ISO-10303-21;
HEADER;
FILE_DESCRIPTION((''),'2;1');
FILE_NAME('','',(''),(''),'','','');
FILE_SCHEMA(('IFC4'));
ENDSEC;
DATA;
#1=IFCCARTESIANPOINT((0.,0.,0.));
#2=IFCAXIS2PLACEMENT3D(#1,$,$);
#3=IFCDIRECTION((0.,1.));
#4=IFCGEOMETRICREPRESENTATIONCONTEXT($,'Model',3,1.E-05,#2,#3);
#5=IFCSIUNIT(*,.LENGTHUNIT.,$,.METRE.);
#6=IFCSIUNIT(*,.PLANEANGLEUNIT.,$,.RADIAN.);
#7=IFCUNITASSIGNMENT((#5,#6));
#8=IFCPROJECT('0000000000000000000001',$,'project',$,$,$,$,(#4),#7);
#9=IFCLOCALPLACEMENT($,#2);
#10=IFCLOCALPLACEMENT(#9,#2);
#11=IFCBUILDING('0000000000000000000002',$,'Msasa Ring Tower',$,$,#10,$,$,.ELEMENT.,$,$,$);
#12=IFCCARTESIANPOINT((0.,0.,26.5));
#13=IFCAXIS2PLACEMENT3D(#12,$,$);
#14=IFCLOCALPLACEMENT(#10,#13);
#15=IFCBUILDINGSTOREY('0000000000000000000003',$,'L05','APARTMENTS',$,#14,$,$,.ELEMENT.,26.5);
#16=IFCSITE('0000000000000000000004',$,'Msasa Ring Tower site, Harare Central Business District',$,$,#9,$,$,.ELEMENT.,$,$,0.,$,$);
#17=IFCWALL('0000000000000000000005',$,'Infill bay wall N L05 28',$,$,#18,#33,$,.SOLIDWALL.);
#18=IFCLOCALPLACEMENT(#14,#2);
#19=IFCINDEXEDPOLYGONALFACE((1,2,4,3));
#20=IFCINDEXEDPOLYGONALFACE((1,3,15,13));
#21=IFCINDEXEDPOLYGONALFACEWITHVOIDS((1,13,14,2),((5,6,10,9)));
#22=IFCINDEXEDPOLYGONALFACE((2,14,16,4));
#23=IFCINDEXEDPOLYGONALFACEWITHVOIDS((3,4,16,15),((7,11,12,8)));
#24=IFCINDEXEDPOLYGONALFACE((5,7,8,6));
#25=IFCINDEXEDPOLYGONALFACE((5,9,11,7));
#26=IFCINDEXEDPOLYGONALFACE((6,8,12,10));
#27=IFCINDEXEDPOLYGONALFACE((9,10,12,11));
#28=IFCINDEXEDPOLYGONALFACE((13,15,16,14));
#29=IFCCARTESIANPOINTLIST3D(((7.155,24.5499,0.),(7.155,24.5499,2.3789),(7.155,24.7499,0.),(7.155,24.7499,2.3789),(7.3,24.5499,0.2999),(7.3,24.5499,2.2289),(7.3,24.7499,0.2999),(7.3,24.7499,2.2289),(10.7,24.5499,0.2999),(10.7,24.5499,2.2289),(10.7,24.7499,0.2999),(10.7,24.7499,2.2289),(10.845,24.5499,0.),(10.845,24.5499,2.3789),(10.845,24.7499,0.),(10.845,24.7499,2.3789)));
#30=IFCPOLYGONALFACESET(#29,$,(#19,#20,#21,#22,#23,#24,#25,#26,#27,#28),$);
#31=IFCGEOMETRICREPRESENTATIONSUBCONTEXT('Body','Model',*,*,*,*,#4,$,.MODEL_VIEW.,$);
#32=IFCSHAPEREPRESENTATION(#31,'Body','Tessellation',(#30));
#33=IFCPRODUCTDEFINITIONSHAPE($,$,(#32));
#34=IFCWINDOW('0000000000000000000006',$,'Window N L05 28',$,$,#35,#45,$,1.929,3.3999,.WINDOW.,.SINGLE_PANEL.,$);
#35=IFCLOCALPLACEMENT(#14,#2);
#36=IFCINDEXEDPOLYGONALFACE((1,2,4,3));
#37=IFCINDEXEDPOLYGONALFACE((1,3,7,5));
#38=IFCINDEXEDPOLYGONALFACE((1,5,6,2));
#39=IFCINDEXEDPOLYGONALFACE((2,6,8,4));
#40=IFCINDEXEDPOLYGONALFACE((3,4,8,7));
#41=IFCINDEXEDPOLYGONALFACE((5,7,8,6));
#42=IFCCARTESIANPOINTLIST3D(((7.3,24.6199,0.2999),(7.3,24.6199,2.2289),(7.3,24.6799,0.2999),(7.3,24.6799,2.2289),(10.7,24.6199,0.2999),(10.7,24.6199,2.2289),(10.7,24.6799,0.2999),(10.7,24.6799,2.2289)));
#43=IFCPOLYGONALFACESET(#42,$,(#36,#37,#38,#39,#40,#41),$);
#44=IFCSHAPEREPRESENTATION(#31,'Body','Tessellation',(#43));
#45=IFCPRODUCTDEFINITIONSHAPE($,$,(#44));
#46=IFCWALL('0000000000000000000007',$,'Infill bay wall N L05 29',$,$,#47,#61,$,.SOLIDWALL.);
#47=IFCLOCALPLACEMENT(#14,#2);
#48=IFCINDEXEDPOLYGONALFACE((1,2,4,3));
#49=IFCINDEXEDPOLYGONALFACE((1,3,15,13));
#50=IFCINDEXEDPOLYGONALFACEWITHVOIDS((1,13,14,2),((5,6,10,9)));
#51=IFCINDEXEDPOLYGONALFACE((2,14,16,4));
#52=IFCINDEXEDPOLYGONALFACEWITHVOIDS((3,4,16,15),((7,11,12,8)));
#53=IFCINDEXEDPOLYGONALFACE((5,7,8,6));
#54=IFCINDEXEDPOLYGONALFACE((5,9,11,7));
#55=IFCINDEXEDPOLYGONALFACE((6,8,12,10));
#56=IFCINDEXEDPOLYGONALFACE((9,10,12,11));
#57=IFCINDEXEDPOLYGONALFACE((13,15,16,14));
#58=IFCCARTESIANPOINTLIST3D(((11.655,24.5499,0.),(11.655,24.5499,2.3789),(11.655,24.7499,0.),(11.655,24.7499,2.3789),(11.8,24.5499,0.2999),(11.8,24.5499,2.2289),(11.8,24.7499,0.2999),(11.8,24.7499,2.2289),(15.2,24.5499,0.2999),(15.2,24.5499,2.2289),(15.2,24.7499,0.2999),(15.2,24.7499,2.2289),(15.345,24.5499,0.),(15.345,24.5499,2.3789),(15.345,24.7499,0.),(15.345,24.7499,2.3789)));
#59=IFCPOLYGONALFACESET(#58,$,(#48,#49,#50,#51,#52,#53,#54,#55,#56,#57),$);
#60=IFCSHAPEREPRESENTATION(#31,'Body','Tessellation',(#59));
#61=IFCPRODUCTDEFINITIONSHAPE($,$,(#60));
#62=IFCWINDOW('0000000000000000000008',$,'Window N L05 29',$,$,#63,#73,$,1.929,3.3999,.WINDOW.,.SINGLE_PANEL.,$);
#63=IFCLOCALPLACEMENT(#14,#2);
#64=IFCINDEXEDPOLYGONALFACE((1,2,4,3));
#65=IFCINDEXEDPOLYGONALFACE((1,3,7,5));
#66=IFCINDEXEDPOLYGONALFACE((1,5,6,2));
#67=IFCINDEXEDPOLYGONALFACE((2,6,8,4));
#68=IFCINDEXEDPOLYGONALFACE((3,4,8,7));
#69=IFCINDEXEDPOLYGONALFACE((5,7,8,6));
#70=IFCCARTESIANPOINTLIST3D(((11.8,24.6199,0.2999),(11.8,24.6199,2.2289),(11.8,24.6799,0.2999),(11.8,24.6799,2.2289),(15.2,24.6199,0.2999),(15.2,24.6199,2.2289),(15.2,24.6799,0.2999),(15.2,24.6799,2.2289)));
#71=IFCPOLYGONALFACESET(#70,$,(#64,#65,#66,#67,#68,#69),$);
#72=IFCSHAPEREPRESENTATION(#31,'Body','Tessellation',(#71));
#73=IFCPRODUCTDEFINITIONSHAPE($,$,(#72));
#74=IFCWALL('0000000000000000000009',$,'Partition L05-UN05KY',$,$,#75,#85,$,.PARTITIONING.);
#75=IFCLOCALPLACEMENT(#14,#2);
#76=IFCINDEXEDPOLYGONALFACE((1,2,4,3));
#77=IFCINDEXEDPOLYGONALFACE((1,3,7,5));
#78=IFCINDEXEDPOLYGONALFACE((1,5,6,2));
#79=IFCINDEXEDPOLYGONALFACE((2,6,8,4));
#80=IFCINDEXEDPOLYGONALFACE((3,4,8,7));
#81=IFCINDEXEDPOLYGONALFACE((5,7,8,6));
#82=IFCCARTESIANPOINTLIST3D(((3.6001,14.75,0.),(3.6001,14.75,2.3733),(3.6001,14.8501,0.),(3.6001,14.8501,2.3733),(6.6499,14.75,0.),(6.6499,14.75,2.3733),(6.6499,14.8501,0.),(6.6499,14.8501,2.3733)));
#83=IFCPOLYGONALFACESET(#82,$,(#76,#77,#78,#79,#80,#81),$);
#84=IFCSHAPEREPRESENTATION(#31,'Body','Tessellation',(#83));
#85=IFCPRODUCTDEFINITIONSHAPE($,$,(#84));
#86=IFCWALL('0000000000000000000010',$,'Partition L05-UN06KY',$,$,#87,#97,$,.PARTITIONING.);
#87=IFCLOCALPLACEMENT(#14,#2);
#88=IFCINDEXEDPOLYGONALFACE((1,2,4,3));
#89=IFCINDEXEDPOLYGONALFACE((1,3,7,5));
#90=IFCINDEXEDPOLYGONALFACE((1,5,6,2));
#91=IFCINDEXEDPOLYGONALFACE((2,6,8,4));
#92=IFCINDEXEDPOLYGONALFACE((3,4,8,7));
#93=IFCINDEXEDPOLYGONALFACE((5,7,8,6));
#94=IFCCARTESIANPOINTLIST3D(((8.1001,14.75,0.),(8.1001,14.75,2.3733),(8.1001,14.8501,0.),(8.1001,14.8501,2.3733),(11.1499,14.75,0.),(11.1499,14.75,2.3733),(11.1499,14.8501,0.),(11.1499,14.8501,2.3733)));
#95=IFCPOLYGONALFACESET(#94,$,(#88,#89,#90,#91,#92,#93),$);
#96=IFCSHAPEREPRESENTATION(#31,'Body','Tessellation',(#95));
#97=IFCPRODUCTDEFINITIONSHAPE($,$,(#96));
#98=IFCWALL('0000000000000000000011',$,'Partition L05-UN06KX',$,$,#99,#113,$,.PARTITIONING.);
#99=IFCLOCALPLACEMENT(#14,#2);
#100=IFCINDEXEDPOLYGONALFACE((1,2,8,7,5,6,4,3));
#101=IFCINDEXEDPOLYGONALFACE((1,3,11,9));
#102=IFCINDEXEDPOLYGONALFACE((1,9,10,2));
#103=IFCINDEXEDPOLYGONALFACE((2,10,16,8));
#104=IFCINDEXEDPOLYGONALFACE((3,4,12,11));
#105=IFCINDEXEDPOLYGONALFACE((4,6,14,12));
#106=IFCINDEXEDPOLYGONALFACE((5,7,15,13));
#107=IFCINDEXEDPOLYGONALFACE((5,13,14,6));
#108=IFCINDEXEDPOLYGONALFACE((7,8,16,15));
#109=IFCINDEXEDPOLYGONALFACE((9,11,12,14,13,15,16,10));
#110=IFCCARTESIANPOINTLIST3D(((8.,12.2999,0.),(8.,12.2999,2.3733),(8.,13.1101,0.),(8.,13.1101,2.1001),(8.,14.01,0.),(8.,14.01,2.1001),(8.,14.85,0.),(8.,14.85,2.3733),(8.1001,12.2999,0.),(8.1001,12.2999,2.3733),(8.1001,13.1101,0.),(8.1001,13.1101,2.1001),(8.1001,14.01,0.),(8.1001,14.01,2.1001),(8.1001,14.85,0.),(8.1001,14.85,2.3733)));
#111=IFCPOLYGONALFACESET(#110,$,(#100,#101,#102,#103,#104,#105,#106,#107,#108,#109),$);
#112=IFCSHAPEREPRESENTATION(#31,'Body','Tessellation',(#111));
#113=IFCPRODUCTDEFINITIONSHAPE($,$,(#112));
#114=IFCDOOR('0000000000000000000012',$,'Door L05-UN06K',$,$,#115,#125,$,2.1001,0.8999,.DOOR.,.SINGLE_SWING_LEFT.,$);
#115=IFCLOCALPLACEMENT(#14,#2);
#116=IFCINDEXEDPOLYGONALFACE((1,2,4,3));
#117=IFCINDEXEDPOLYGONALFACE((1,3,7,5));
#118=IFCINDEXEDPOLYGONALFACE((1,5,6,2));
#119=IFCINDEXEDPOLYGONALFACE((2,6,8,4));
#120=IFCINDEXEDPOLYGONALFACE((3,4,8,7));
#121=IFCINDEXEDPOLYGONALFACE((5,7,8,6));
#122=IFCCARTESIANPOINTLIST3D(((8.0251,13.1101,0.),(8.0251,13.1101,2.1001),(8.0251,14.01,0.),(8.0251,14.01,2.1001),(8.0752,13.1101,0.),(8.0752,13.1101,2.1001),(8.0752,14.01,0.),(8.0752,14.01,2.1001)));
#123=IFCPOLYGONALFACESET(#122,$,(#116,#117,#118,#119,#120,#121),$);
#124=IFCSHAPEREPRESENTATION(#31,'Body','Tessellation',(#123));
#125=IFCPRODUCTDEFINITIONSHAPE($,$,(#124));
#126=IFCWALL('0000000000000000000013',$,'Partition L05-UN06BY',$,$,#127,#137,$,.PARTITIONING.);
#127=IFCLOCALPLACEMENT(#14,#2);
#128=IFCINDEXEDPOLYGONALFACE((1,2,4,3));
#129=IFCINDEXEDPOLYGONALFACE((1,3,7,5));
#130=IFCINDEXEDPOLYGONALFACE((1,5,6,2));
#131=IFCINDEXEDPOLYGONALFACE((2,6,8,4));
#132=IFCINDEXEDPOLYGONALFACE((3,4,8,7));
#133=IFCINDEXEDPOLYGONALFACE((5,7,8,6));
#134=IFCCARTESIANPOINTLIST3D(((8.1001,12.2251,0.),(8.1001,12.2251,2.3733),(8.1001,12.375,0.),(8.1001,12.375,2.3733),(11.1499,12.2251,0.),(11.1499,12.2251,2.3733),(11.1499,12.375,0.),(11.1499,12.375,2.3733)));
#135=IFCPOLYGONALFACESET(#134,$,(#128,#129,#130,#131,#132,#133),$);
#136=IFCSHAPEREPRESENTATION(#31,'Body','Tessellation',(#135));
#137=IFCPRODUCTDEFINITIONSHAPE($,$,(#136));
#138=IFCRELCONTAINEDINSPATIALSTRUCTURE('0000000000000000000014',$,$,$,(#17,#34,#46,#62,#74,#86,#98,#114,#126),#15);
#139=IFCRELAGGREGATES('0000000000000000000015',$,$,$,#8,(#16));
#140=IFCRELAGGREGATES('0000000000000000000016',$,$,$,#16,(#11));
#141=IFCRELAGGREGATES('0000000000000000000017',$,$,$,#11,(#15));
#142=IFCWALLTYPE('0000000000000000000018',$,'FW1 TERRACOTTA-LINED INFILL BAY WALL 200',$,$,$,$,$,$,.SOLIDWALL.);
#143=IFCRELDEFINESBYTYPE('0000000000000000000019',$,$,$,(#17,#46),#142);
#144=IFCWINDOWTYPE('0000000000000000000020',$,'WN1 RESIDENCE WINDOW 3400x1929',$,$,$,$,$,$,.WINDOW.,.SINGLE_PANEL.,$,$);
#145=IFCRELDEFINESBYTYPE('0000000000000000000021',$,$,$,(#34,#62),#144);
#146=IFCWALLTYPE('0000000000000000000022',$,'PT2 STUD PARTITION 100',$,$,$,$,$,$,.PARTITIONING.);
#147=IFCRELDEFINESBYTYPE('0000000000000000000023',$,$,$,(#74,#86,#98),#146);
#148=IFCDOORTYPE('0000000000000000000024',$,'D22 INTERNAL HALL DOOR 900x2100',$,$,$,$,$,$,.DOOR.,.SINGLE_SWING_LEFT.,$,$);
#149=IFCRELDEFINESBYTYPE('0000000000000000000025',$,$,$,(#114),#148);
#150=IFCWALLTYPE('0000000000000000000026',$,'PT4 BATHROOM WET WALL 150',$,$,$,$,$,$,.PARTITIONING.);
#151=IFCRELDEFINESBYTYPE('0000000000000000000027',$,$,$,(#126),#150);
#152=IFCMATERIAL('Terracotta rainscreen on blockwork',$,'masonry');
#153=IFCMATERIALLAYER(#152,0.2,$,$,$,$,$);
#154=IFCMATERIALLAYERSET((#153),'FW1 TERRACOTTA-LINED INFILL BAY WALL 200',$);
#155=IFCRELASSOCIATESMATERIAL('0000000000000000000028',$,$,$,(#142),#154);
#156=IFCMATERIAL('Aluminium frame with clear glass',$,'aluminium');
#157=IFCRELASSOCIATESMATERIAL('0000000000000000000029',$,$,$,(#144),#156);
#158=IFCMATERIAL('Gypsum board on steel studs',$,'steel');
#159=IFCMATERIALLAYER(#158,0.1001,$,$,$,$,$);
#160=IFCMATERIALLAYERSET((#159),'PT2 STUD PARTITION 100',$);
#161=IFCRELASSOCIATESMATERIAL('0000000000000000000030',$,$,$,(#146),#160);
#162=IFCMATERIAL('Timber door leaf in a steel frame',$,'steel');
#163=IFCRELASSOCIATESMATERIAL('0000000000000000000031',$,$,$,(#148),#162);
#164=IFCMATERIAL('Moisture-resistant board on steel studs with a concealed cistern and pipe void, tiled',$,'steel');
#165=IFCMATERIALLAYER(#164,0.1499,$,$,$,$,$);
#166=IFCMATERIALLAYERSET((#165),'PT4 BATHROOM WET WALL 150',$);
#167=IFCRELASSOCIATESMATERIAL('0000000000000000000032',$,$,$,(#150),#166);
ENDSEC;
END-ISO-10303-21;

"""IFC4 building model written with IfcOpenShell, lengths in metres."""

from ifc_helpers import new_model, si_unit, direction, frame, frame_2d, origin, place, context, subcontext, project, spatial, rectangle, extrude, material, layer, layer_set, type_object, element, fill, save


model = new_model("IFC4")

# Units and contexts
model_context = context("Model", 3, precision=1e-05, world=origin(), true_north=direction((0.0, 1.0)))
body_context = subcontext(model_context, "Body", "Model", "MODEL_VIEW")
ifc_project = project(units=[si_unit("LENGTHUNIT", "METRE"), si_unit("PLANEANGLEUNIT", "RADIAN")], contexts=[model_context])

# Site, building, storey
site_placement = place(None, origin())
site = spatial("IfcSite", under=ifc_project, at=site_placement, Name="Msasa Ring Tower site, Harare Central Business District", CompositionType="ELEMENT", RefElevation=0.0)
building_placement = place(site_placement, origin())
building = spatial("IfcBuilding", under=site, at=building_placement, Name="Msasa Ring Tower", CompositionType="ELEMENT")
storey_placement = place(building_placement, frame((0.0, 0.0, 26.5)))
storey = spatial("IfcBuildingStorey", under=building, at=storey_placement, Name="L05", Description="APARTMENTS", CompositionType="ELEMENT", Elevation=26.5)

# Walls, openings, windows
ifc_material_1 = material(Name="Terracotta rainscreen on blockwork", Category="masonry")
ifc_layer_1 = layer(ifc_material_1, 0.2)
ifc_layer_set_1 = layer_set([ifc_layer_1], Name="FW1 TERRACOTTA-LINED INFILL BAY WALL 200")
wall_type_1 = type_object("IfcWallType", Name="FW1 TERRACOTTA-LINED INFILL BAY WALL 200", PredefinedType="SOLIDWALL", material=ifc_layer_set_1)
ifc_material_2 = material(Name="Aluminium frame with clear glass", Category="aluminium")
window_type = type_object("IfcWindowType", Name="WN1 RESIDENCE WINDOW 3400x1929", PartitioningType="SINGLE_PANEL", PredefinedType="WINDOW", material=ifc_material_2)
wall_1_placement = place(storey_placement, frame((7.155, 24.6499, 0.0), z_axis=(0.0, 0.0, 1.0), x_axis=(1.0, 0.0, 0.0)))
wall_1 = element("IfcWall", 1, at=wall_1_placement, inside=storey, type_object=wall_type_1, Name="Infill bay wall N L05 28", PredefinedType="SOLIDWALL", context=body_context, shape_type="SweptSolid", body=[
    extrude(rectangle(XDim=3.6899, YDim=0.2, at=frame_2d((1.845, 0.0))), origin(), (0.0, 0.0, 1.0), 2.3789),
])
opening_1_placement = place(wall_1_placement, frame((0.145, 0.0, 0.3)))
opening_1 = element("IfcOpeningElement", 2, at=opening_1_placement, cuts=wall_1, PredefinedType="OPENING", context=body_context, shape_type="SweptSolid", body=[
    extrude(rectangle(XDim=3.3999, YDim=1.929, at=frame_2d((1.7, 0.9644))), frame((0.0, 0.1099, 0.0), z_axis=(0.0, -1.0, 0.0), x_axis=(1.0, 0.0, 0.0)), (0.0, 0.0, 1.0), 0.22),
])
window_1_placement = place(opening_1_placement, origin())
window_1 = element("IfcWindow", 3, at=window_1_placement, inside=storey, type_object=window_type, Name="Window N L05 28", OverallHeight=1.929, OverallWidth=3.3999, PartitioningType="SINGLE_PANEL", PredefinedType="WINDOW", context=body_context, shape_type="SweptSolid", body=[
    extrude(rectangle(XDim=3.3999, YDim=1.929, at=frame_2d((1.7, 0.9644))), frame((0.0, 0.03, 0.0), z_axis=(0.0, -1.0, 0.0), x_axis=(1.0, 0.0, 0.0)), (0.0, 0.0, 1.0), 0.0601),
])
fill(opening_1, window_1)
wall_2_placement = place(storey_placement, frame((11.655, 24.6499, 0.0), z_axis=(0.0, 0.0, 1.0), x_axis=(1.0, 0.0, 0.0)))
wall_2 = element("IfcWall", 4, at=wall_2_placement, inside=storey, type_object=wall_type_1, Name="Infill bay wall N L05 29", PredefinedType="SOLIDWALL", context=body_context, shape_type="SweptSolid", body=[
    extrude(rectangle(XDim=3.6899, YDim=0.2, at=frame_2d((1.845, 0.0))), origin(), (0.0, 0.0, 1.0), 2.3789),
])
opening_2_placement = place(wall_2_placement, frame((0.145, 0.0, 0.3)))
opening_2 = element("IfcOpeningElement", 5, at=opening_2_placement, cuts=wall_2, PredefinedType="OPENING", context=body_context, shape_type="SweptSolid", body=[
    extrude(rectangle(XDim=3.3999, YDim=1.929, at=frame_2d((1.7, 0.9644))), frame((0.0, 0.1099, 0.0), z_axis=(0.0, -1.0, 0.0), x_axis=(1.0, 0.0, 0.0)), (0.0, 0.0, 1.0), 0.22),
])
window_2_placement = place(opening_2_placement, origin())
window_2 = element("IfcWindow", 6, at=window_2_placement, inside=storey, type_object=window_type, Name="Window N L05 29", OverallHeight=1.929, OverallWidth=3.3999, PartitioningType="SINGLE_PANEL", PredefinedType="WINDOW", context=body_context, shape_type="SweptSolid", body=[
    extrude(rectangle(XDim=3.3999, YDim=1.929, at=frame_2d((1.7, 0.9644))), frame((0.0, 0.03, 0.0), z_axis=(0.0, -1.0, 0.0), x_axis=(1.0, 0.0, 0.0)), (0.0, 0.0, 1.0), 0.0601),
])
fill(opening_2, window_2)

# Walls
ifc_material_3 = material(Name="Gypsum board on steel studs", Category="steel")
ifc_layer_2 = layer(ifc_material_3, 0.1001)
ifc_layer_set_2 = layer_set([ifc_layer_2], Name="PT2 STUD PARTITION 100")
wall_type_2 = type_object("IfcWallType", Name="PT2 STUD PARTITION 100", PredefinedType="PARTITIONING", material=ifc_layer_set_2)
for number, where, z_axis, x_axis, name in (
    (7, (3.6001, 14.8, 0.0), (0.0, 0.0, 1.0), (1.0, 0.0, 0.0), "Partition L05-UN05KY"),
    (8, (8.1001, 14.8, 0.0), (0.0, 0.0, 1.0), (1.0, 0.0, 0.0), "Partition L05-UN06KY"),
):
    element("IfcWall", number, at=place(storey_placement, frame(where, z_axis=z_axis, x_axis=x_axis)), inside=storey, type_object=wall_type_2, Name=name, PredefinedType="PARTITIONING", context=body_context, shape_type="SweptSolid", body=[
        extrude(rectangle(XDim=3.0498, YDim=0.1001, at=frame_2d((1.5249, 0.0))), origin(), (0.0, 0.0, 1.0), 2.3733),
    ])

# Wall, opening, door
wall_3_placement = place(storey_placement, frame((8.05, 12.3, 0.0), z_axis=(0.0, 0.0, 1.0), x_axis=(0.0, 1.0, 0.0)))
wall_3 = element("IfcWall", 9, at=wall_3_placement, inside=storey, type_object=wall_type_2, Name="Partition L05-UN06KX", PredefinedType="PARTITIONING", context=body_context, shape_type="SweptSolid", body=[
    extrude(rectangle(XDim=2.55, YDim=0.1001, at=frame_2d((1.2749, 0.0))), origin(), (0.0, 0.0, 1.0), 2.3733),
])
opening_3_placement = place(wall_3_placement, frame((0.8101, 0.0, 0.0)))
opening_3 = element("IfcOpeningElement", 10, at=opening_3_placement, cuts=wall_3, PredefinedType="OPENING", context=body_context, shape_type="SweptSolid", body=[
    extrude(rectangle(XDim=0.8999, YDim=2.1001, at=frame_2d((0.45, 1.05))), frame((0.0, 0.0601, 0.0), z_axis=(0.0, -1.0, 0.0), x_axis=(1.0, 0.0, 0.0)), (0.0, 0.0, 1.0), 0.1201),
])
ifc_material_4 = material(Name="Timber door leaf in a steel frame", Category="steel")
door_type = type_object("IfcDoorType", Name="D22 INTERNAL HALL DOOR 900x2100", OperationType="SINGLE_SWING_LEFT", PredefinedType="DOOR", material=ifc_material_4)
door_placement = place(opening_3_placement, origin())
door = element("IfcDoor", 11, at=door_placement, inside=storey, type_object=door_type, Name="Door L05-UN06K", OperationType="SINGLE_SWING_LEFT", OverallHeight=2.1001, OverallWidth=0.8999, PredefinedType="DOOR", context=body_context, shape_type="SweptSolid", body=[
    extrude(rectangle(XDim=0.8999, YDim=2.1001, at=frame_2d((0.45, 1.05))), frame((0.0, 0.0249, 0.0), z_axis=(0.0, -1.0, 0.0), x_axis=(1.0, 0.0, 0.0)), (0.0, 0.0, 1.0), 0.05),
])
fill(opening_3, door)

# Wall
ifc_material_5 = material(Name="Moisture-resistant board on steel studs with a concealed cistern and pipe void, tiled", Category="steel")
ifc_layer_3 = layer(ifc_material_5, 0.1499)
ifc_layer_set_3 = layer_set([ifc_layer_3], Name="PT4 BATHROOM WET WALL 150")
wall_type_3 = type_object("IfcWallType", Name="PT4 BATHROOM WET WALL 150", PredefinedType="PARTITIONING", material=ifc_layer_set_3)
wall_4_placement = place(storey_placement, frame((8.1001, 12.3, 0.0), z_axis=(0.0, 0.0, 1.0), x_axis=(1.0, 0.0, 0.0)))
element("IfcWall", 12, at=wall_4_placement, inside=storey, type_object=wall_type_3, Name="Partition L05-UN06BY", PredefinedType="PARTITIONING", context=body_context, shape_type="SweptSolid", body=[
    extrude(rectangle(XDim=3.0498, YDim=0.1499, at=frame_2d((1.5249, 0.0))), origin(), (0.0, 0.0, 1.0), 2.3733),
])

save(model, "model.ifc")
